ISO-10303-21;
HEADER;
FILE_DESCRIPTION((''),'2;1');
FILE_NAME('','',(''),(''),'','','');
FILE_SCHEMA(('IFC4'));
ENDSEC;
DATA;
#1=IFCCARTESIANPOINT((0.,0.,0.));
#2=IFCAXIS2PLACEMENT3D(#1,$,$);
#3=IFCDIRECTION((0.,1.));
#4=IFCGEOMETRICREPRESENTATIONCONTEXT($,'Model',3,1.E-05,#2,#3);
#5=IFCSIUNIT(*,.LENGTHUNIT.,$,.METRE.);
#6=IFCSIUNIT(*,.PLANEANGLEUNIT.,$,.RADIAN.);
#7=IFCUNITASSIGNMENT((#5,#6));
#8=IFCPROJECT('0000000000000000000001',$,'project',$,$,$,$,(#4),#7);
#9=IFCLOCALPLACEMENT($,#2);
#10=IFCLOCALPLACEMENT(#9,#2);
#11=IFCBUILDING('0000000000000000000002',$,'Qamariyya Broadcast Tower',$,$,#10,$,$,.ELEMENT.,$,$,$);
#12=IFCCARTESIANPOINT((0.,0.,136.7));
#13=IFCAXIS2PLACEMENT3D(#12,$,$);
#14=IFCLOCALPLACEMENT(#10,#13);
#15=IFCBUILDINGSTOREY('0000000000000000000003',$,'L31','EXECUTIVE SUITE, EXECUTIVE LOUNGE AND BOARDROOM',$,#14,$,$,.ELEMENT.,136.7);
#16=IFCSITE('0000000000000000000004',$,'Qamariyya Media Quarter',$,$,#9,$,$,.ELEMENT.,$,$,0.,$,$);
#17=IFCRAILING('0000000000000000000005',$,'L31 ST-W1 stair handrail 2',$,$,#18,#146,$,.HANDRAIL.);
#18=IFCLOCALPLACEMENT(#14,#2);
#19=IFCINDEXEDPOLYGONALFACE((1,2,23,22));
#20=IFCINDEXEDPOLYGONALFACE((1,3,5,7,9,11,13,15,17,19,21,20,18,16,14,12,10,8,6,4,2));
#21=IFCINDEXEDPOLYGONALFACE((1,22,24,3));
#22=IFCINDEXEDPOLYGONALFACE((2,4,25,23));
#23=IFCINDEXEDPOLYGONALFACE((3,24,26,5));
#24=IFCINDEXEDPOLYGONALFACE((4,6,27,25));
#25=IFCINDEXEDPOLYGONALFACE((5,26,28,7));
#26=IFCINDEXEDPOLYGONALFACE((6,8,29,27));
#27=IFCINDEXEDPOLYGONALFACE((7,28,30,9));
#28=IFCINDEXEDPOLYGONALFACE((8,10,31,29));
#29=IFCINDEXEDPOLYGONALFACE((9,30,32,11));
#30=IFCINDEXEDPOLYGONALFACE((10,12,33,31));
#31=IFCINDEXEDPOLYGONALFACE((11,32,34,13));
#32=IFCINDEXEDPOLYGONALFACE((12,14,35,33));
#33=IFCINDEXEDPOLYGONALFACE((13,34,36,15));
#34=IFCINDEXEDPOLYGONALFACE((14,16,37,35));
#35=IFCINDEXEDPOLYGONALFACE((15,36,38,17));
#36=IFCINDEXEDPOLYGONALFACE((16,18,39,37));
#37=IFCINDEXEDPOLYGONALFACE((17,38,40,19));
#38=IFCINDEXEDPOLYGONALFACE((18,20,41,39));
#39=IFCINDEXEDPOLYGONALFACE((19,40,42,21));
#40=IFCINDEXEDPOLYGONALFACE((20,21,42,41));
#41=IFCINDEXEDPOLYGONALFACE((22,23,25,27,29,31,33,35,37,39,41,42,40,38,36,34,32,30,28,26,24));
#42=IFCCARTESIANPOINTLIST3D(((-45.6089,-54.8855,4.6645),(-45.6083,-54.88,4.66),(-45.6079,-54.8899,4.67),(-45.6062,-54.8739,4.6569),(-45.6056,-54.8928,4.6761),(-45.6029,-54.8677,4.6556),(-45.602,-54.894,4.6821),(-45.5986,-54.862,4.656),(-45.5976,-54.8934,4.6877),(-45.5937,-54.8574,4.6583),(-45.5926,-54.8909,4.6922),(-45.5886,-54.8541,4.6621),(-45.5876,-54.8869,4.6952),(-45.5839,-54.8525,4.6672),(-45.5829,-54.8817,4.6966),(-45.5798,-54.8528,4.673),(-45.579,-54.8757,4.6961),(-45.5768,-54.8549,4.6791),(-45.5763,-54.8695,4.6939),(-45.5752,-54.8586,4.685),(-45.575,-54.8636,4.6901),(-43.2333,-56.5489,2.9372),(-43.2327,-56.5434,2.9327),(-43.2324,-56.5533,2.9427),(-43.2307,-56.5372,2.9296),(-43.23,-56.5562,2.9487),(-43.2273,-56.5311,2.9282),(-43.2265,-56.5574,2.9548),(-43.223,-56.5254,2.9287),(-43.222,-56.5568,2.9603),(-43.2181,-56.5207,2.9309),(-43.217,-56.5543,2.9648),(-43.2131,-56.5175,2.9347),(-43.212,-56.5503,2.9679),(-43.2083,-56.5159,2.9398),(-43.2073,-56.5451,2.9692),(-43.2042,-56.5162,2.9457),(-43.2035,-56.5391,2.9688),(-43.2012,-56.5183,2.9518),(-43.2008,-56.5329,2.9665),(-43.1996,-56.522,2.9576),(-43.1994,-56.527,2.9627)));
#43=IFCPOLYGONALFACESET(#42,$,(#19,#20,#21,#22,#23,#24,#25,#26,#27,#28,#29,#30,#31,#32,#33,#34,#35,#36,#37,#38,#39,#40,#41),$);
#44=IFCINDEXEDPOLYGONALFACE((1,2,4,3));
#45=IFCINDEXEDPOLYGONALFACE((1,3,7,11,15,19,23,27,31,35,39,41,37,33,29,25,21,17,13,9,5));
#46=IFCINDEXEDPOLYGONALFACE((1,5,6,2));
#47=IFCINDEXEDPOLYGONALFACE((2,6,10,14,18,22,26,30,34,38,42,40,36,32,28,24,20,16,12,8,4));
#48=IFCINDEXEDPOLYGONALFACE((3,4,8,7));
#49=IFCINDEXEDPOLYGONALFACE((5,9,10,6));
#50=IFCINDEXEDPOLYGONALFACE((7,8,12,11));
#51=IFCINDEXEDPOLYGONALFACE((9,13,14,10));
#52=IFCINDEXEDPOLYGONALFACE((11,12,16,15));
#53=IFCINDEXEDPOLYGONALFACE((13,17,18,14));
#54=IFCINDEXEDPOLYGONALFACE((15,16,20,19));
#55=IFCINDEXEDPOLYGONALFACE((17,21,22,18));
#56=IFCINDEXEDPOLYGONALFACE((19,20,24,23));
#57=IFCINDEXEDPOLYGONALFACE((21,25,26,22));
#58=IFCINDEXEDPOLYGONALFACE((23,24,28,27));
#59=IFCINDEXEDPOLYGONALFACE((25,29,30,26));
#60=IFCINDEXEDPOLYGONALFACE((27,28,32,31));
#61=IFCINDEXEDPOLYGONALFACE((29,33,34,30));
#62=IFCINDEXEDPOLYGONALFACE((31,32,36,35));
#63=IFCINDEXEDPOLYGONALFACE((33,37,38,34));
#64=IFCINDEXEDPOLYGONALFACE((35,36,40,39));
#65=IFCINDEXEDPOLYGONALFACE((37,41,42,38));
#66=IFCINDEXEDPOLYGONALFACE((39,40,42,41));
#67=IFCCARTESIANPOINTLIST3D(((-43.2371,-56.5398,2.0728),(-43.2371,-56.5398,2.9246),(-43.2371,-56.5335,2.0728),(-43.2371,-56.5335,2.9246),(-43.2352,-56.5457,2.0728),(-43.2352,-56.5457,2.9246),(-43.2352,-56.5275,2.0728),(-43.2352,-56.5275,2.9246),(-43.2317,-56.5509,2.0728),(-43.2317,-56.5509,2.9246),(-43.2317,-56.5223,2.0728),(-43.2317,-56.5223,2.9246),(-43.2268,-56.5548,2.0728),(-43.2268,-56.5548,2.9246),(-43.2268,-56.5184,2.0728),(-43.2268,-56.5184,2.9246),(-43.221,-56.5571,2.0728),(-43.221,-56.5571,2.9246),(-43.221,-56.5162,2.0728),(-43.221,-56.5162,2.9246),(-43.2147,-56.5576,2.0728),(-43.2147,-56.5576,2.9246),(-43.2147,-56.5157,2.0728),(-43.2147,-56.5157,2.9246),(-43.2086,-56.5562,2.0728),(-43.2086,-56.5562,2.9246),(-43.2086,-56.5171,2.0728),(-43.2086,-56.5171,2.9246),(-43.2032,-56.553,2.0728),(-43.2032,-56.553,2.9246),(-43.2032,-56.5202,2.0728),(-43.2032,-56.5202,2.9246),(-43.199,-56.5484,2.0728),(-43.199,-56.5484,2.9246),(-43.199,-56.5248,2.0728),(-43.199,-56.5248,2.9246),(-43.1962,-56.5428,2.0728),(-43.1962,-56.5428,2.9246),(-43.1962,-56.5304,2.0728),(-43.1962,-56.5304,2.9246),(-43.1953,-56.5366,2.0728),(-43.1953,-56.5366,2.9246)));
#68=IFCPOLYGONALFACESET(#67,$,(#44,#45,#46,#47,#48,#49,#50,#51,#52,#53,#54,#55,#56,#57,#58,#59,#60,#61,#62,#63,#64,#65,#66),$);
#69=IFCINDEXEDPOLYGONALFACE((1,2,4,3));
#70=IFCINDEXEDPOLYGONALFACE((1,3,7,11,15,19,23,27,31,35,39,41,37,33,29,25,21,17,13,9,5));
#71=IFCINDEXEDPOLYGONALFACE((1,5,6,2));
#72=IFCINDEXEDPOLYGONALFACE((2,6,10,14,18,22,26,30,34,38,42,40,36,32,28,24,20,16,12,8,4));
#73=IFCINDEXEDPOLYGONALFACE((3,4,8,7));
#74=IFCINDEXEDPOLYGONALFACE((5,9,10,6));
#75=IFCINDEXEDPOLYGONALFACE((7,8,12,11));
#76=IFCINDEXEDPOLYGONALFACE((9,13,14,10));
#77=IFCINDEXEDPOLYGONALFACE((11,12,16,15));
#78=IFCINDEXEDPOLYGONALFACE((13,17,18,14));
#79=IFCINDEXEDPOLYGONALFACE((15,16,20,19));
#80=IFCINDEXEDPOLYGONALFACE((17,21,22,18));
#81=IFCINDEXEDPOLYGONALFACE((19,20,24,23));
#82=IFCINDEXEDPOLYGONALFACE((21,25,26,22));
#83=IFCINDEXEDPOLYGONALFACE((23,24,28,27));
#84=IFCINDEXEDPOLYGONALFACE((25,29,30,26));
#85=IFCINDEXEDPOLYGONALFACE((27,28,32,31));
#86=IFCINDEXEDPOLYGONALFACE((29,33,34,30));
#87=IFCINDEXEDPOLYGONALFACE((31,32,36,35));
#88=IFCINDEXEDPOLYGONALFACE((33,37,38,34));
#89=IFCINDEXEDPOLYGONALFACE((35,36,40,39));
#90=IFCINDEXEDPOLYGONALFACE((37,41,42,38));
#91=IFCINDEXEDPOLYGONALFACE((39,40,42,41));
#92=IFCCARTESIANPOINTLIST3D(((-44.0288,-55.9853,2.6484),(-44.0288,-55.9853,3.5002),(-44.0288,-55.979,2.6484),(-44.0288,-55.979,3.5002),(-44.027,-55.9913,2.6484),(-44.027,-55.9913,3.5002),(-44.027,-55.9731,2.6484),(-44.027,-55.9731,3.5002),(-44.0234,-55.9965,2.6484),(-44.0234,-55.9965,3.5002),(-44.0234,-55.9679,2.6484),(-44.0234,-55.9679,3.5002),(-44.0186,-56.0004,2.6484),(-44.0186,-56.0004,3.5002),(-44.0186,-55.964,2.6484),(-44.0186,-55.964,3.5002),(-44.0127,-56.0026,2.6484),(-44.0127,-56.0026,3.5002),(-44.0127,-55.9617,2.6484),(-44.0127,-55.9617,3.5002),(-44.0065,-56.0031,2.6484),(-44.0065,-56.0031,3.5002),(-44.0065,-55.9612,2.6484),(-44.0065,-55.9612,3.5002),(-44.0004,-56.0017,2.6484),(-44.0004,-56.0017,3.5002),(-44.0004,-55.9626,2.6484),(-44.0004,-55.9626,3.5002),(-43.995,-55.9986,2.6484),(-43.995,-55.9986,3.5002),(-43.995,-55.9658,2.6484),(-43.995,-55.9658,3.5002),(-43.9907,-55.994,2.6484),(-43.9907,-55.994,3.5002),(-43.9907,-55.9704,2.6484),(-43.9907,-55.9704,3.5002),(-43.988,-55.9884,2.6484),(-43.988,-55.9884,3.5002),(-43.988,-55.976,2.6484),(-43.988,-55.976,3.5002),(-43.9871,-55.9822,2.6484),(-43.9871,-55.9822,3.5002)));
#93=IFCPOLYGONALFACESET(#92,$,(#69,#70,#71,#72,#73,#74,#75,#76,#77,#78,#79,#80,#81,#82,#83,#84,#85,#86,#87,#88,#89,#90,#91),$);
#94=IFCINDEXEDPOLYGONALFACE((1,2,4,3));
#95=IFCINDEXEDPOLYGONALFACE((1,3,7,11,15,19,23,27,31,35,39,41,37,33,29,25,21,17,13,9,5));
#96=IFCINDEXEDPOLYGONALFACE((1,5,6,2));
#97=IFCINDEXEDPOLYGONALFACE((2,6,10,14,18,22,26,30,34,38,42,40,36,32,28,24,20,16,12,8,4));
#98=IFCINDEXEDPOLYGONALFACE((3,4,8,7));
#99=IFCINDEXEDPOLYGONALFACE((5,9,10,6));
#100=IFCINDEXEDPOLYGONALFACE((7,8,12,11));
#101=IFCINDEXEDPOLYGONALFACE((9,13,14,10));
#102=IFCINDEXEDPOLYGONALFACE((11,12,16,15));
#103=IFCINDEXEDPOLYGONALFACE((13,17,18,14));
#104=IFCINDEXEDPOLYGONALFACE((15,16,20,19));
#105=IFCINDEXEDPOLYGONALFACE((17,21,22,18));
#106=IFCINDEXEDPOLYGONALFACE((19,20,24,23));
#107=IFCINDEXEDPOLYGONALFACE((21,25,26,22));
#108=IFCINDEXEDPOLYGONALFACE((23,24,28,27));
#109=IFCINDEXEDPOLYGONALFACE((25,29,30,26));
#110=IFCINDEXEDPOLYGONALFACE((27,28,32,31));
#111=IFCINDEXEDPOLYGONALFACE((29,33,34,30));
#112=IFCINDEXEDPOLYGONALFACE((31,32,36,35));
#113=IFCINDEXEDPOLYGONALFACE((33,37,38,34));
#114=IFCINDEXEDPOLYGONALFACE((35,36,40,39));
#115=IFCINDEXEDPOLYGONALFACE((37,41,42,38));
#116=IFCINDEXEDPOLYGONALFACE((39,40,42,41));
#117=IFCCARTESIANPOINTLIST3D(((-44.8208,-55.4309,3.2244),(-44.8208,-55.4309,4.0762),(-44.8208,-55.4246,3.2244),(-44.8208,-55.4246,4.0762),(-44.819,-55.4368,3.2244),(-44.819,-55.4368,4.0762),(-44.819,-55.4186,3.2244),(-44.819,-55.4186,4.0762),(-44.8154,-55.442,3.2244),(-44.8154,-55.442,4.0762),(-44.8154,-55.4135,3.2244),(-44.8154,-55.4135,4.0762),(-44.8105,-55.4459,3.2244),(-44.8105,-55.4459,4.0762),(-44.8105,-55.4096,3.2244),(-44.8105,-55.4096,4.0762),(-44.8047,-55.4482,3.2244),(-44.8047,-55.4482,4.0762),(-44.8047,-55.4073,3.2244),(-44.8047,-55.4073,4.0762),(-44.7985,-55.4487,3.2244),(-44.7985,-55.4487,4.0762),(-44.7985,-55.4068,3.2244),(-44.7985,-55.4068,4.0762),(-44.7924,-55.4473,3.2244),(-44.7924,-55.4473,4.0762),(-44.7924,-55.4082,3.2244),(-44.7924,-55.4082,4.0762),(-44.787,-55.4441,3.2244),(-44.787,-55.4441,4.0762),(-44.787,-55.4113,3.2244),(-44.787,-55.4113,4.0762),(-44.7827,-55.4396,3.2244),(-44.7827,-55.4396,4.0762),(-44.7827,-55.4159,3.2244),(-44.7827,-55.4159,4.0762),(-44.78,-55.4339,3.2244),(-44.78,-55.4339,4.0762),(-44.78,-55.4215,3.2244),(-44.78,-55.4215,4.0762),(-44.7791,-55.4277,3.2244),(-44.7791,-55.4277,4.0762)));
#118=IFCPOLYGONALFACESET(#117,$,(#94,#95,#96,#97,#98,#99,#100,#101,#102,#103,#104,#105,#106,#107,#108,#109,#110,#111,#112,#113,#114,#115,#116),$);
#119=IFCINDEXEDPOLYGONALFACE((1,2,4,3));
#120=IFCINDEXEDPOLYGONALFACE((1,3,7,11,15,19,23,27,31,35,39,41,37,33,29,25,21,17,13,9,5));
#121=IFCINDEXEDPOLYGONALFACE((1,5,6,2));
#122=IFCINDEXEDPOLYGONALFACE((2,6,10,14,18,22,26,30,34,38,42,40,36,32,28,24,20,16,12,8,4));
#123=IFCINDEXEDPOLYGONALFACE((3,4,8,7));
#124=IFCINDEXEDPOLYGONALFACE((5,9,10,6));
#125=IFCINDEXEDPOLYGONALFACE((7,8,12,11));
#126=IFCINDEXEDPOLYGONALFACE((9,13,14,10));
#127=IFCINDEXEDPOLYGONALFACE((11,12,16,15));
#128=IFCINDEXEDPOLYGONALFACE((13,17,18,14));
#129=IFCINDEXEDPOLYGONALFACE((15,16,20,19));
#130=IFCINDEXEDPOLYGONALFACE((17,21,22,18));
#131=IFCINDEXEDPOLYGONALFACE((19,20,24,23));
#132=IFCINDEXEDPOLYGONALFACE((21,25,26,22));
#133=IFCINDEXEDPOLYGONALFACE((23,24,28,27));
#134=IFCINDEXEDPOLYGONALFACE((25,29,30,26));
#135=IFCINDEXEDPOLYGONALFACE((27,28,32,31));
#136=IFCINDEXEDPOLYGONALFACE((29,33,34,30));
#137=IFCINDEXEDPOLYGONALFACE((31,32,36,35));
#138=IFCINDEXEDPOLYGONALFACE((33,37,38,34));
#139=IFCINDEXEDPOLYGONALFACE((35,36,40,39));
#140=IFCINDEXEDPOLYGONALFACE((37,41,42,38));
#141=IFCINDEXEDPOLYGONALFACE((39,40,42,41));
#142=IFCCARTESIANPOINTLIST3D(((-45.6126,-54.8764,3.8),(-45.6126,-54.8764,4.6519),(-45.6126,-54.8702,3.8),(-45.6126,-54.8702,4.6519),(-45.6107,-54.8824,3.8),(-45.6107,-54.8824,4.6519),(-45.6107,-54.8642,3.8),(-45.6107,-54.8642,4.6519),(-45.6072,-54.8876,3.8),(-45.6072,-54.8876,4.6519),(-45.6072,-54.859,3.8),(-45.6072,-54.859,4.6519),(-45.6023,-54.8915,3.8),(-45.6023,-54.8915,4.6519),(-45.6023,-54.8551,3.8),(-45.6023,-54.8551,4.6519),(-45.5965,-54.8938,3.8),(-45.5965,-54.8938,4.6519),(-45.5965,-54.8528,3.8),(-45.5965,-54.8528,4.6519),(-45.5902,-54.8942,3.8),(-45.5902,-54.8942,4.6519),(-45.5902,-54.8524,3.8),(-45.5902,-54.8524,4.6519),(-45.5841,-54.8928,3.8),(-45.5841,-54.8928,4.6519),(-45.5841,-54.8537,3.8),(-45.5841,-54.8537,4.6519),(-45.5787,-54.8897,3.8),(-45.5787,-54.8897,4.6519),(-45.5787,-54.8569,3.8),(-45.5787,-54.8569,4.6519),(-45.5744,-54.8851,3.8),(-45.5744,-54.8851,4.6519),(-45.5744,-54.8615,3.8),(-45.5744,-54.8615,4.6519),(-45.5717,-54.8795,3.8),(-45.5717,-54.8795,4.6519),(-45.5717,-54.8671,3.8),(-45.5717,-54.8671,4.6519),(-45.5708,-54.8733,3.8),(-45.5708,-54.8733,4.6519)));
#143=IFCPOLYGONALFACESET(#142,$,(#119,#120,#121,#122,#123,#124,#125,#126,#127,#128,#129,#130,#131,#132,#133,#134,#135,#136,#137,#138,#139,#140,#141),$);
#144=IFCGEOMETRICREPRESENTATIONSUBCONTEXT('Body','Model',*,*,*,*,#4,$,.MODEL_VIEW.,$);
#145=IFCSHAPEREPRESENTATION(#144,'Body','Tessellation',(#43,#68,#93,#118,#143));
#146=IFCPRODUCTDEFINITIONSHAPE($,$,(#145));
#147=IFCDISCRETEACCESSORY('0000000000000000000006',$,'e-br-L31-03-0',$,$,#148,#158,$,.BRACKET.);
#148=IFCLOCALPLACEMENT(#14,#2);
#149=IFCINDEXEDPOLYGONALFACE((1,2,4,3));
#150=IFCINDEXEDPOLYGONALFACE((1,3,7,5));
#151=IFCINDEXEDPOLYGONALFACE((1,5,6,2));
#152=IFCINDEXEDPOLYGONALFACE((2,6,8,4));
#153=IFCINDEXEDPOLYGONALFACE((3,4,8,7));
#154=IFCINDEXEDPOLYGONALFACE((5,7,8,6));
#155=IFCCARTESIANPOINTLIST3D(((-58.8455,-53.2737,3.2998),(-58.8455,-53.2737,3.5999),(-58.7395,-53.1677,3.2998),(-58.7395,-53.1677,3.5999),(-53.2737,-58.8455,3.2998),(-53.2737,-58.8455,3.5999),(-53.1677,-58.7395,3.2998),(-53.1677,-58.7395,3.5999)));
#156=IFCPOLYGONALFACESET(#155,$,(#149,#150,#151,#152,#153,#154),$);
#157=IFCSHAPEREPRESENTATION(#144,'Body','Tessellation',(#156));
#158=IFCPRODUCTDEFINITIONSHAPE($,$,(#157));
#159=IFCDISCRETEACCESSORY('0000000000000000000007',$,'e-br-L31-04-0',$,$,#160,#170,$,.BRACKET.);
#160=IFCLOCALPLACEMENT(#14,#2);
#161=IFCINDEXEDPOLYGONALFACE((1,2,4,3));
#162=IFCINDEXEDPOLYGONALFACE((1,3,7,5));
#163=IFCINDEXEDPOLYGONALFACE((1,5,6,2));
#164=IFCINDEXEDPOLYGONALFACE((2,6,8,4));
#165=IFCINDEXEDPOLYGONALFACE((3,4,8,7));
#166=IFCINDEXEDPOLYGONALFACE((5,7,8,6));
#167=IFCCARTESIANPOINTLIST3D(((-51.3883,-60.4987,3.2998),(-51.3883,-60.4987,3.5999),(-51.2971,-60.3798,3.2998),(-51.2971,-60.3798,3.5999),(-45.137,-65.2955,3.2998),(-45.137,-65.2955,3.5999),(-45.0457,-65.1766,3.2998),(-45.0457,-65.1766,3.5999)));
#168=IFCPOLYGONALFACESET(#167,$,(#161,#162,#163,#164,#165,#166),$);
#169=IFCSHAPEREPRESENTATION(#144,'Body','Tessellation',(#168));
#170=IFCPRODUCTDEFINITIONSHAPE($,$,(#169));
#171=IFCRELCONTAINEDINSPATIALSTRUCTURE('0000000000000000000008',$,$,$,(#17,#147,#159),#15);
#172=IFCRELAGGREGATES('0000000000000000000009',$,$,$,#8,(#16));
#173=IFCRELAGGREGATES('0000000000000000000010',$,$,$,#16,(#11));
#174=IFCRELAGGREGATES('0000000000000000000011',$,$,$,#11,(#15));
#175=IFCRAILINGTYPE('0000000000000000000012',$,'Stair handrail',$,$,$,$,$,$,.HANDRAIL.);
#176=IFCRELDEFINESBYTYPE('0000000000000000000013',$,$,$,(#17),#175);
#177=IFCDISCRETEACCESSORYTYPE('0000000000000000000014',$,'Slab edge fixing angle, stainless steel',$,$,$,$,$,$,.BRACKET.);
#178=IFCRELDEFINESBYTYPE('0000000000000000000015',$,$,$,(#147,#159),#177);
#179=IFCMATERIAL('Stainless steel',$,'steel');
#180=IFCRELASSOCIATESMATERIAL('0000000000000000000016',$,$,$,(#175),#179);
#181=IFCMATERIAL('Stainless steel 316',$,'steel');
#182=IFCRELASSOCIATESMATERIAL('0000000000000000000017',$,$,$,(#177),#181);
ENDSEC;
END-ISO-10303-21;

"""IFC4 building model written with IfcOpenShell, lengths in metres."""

from ifc_helpers import new_model, si_unit, direction, frame, origin, origin_2d, place, context, subcontext, project, spatial, rectangle, circle, extrude, material, type_object, element, save


model = new_model("IFC4")

# Units and contexts
model_context = context("Model", 3, precision=1e-05, world=origin(), true_north=direction((0.0, 1.0)))
body_context = subcontext(model_context, "Body", "Model", "MODEL_VIEW")
ifc_project = project(units=[si_unit("LENGTHUNIT", "METRE"), si_unit("PLANEANGLEUNIT", "RADIAN")], contexts=[model_context])

# Site, building, storey
site_placement = place(None, origin())
site = spatial("IfcSite", under=ifc_project, at=site_placement, Name="Qamariyya Media Quarter", CompositionType="ELEMENT", RefElevation=0.0)
building_placement = place(site_placement, origin())
building = spatial("IfcBuilding", under=site, at=building_placement, Name="Qamariyya Broadcast Tower", CompositionType="ELEMENT")
storey_placement = place(building_placement, frame((0.0, 0.0, 136.7)))
storey = spatial("IfcBuildingStorey", under=building, at=storey_placement, Name="L31", Description="EXECUTIVE SUITE, EXECUTIVE LOUNGE AND BOARDROOM", CompositionType="ELEMENT", Elevation=136.7)

# Railing
ifc_material_1 = material(Name="Stainless steel", Category="steel")
railing_type_1 = type_object("IfcRailingType", Name="Stair handrail", PredefinedType="HANDRAIL", material=ifc_material_1)
railing_1_placement = place(storey_placement, frame((-43.2163, -56.5366, 2.0728)))
element("IfcRailing", 1, at=railing_1_placement, inside=storey, type_object=railing_type_1, Name="L31 ST-W1 stair handrail 2", PredefinedType="HANDRAIL", context=body_context, shape_type="SweptSolid", body=[
    extrude(circle(Radius=0.0239, at=origin_2d()), frame((0.0, 0.0, 0.876), z_axis=(-0.70377, 0.492784, 0.511734), x_axis=(-0.573575, -0.819153, 0.0)), (0.0, 0.0, 1.0), 3.3755),
    extrude(circle(Radius=0.021, at=origin_2d()), origin(), (0.0, 0.0, 1.0), 0.8518),
    extrude(circle(Radius=0.021, at=origin_2d()), frame((-0.7917, 0.5544, 0.5757)), (0.0, 0.0, 1.0), 0.8518),
    extrude(circle(Radius=0.021, at=origin_2d()), frame((-1.5837, 1.1089, 1.1516)), (0.0, 0.0, 1.0), 0.8518),
    extrude(circle(Radius=0.021, at=origin_2d()), frame((-2.3755, 1.6633, 1.7273)), (0.0, 0.0, 1.0), 0.8518),
])

# Discrete accessories
ifc_material_2 = material(Name="Stainless steel 316", Category="steel")
discrete_accessory_type = type_object("IfcDiscreteAccessoryType", Name="Slab edge fixing angle, stainless steel", PredefinedType="BRACKET", material=ifc_material_2)
for number, where, z_axis, x_axis, name in (
    (2, (-56.0066, -56.0066, 3.2998), (0.0, 0.0, 1.0), (0.707107, -0.707107, 0.0), "e-br-L31-03-0"),
    (3, (-48.217, -62.8376, 3.2998), (0.0, 0.0, 1.0), (0.793353, -0.608761, 0.0), "e-br-L31-04-0"),
):
    element("IfcDiscreteAccessory", number, at=place(storey_placement, frame(where, z_axis=z_axis, x_axis=x_axis)), inside=storey, type_object=discrete_accessory_type, Name=name, PredefinedType="BRACKET", context=body_context, shape_type="SweptSolid", body=[
        extrude(rectangle(XDim=7.8796, YDim=0.1499, at=origin_2d()), origin(), (0.0, 0.0, 1.0), 0.3),
    ])

save(model, "model.ifc")
